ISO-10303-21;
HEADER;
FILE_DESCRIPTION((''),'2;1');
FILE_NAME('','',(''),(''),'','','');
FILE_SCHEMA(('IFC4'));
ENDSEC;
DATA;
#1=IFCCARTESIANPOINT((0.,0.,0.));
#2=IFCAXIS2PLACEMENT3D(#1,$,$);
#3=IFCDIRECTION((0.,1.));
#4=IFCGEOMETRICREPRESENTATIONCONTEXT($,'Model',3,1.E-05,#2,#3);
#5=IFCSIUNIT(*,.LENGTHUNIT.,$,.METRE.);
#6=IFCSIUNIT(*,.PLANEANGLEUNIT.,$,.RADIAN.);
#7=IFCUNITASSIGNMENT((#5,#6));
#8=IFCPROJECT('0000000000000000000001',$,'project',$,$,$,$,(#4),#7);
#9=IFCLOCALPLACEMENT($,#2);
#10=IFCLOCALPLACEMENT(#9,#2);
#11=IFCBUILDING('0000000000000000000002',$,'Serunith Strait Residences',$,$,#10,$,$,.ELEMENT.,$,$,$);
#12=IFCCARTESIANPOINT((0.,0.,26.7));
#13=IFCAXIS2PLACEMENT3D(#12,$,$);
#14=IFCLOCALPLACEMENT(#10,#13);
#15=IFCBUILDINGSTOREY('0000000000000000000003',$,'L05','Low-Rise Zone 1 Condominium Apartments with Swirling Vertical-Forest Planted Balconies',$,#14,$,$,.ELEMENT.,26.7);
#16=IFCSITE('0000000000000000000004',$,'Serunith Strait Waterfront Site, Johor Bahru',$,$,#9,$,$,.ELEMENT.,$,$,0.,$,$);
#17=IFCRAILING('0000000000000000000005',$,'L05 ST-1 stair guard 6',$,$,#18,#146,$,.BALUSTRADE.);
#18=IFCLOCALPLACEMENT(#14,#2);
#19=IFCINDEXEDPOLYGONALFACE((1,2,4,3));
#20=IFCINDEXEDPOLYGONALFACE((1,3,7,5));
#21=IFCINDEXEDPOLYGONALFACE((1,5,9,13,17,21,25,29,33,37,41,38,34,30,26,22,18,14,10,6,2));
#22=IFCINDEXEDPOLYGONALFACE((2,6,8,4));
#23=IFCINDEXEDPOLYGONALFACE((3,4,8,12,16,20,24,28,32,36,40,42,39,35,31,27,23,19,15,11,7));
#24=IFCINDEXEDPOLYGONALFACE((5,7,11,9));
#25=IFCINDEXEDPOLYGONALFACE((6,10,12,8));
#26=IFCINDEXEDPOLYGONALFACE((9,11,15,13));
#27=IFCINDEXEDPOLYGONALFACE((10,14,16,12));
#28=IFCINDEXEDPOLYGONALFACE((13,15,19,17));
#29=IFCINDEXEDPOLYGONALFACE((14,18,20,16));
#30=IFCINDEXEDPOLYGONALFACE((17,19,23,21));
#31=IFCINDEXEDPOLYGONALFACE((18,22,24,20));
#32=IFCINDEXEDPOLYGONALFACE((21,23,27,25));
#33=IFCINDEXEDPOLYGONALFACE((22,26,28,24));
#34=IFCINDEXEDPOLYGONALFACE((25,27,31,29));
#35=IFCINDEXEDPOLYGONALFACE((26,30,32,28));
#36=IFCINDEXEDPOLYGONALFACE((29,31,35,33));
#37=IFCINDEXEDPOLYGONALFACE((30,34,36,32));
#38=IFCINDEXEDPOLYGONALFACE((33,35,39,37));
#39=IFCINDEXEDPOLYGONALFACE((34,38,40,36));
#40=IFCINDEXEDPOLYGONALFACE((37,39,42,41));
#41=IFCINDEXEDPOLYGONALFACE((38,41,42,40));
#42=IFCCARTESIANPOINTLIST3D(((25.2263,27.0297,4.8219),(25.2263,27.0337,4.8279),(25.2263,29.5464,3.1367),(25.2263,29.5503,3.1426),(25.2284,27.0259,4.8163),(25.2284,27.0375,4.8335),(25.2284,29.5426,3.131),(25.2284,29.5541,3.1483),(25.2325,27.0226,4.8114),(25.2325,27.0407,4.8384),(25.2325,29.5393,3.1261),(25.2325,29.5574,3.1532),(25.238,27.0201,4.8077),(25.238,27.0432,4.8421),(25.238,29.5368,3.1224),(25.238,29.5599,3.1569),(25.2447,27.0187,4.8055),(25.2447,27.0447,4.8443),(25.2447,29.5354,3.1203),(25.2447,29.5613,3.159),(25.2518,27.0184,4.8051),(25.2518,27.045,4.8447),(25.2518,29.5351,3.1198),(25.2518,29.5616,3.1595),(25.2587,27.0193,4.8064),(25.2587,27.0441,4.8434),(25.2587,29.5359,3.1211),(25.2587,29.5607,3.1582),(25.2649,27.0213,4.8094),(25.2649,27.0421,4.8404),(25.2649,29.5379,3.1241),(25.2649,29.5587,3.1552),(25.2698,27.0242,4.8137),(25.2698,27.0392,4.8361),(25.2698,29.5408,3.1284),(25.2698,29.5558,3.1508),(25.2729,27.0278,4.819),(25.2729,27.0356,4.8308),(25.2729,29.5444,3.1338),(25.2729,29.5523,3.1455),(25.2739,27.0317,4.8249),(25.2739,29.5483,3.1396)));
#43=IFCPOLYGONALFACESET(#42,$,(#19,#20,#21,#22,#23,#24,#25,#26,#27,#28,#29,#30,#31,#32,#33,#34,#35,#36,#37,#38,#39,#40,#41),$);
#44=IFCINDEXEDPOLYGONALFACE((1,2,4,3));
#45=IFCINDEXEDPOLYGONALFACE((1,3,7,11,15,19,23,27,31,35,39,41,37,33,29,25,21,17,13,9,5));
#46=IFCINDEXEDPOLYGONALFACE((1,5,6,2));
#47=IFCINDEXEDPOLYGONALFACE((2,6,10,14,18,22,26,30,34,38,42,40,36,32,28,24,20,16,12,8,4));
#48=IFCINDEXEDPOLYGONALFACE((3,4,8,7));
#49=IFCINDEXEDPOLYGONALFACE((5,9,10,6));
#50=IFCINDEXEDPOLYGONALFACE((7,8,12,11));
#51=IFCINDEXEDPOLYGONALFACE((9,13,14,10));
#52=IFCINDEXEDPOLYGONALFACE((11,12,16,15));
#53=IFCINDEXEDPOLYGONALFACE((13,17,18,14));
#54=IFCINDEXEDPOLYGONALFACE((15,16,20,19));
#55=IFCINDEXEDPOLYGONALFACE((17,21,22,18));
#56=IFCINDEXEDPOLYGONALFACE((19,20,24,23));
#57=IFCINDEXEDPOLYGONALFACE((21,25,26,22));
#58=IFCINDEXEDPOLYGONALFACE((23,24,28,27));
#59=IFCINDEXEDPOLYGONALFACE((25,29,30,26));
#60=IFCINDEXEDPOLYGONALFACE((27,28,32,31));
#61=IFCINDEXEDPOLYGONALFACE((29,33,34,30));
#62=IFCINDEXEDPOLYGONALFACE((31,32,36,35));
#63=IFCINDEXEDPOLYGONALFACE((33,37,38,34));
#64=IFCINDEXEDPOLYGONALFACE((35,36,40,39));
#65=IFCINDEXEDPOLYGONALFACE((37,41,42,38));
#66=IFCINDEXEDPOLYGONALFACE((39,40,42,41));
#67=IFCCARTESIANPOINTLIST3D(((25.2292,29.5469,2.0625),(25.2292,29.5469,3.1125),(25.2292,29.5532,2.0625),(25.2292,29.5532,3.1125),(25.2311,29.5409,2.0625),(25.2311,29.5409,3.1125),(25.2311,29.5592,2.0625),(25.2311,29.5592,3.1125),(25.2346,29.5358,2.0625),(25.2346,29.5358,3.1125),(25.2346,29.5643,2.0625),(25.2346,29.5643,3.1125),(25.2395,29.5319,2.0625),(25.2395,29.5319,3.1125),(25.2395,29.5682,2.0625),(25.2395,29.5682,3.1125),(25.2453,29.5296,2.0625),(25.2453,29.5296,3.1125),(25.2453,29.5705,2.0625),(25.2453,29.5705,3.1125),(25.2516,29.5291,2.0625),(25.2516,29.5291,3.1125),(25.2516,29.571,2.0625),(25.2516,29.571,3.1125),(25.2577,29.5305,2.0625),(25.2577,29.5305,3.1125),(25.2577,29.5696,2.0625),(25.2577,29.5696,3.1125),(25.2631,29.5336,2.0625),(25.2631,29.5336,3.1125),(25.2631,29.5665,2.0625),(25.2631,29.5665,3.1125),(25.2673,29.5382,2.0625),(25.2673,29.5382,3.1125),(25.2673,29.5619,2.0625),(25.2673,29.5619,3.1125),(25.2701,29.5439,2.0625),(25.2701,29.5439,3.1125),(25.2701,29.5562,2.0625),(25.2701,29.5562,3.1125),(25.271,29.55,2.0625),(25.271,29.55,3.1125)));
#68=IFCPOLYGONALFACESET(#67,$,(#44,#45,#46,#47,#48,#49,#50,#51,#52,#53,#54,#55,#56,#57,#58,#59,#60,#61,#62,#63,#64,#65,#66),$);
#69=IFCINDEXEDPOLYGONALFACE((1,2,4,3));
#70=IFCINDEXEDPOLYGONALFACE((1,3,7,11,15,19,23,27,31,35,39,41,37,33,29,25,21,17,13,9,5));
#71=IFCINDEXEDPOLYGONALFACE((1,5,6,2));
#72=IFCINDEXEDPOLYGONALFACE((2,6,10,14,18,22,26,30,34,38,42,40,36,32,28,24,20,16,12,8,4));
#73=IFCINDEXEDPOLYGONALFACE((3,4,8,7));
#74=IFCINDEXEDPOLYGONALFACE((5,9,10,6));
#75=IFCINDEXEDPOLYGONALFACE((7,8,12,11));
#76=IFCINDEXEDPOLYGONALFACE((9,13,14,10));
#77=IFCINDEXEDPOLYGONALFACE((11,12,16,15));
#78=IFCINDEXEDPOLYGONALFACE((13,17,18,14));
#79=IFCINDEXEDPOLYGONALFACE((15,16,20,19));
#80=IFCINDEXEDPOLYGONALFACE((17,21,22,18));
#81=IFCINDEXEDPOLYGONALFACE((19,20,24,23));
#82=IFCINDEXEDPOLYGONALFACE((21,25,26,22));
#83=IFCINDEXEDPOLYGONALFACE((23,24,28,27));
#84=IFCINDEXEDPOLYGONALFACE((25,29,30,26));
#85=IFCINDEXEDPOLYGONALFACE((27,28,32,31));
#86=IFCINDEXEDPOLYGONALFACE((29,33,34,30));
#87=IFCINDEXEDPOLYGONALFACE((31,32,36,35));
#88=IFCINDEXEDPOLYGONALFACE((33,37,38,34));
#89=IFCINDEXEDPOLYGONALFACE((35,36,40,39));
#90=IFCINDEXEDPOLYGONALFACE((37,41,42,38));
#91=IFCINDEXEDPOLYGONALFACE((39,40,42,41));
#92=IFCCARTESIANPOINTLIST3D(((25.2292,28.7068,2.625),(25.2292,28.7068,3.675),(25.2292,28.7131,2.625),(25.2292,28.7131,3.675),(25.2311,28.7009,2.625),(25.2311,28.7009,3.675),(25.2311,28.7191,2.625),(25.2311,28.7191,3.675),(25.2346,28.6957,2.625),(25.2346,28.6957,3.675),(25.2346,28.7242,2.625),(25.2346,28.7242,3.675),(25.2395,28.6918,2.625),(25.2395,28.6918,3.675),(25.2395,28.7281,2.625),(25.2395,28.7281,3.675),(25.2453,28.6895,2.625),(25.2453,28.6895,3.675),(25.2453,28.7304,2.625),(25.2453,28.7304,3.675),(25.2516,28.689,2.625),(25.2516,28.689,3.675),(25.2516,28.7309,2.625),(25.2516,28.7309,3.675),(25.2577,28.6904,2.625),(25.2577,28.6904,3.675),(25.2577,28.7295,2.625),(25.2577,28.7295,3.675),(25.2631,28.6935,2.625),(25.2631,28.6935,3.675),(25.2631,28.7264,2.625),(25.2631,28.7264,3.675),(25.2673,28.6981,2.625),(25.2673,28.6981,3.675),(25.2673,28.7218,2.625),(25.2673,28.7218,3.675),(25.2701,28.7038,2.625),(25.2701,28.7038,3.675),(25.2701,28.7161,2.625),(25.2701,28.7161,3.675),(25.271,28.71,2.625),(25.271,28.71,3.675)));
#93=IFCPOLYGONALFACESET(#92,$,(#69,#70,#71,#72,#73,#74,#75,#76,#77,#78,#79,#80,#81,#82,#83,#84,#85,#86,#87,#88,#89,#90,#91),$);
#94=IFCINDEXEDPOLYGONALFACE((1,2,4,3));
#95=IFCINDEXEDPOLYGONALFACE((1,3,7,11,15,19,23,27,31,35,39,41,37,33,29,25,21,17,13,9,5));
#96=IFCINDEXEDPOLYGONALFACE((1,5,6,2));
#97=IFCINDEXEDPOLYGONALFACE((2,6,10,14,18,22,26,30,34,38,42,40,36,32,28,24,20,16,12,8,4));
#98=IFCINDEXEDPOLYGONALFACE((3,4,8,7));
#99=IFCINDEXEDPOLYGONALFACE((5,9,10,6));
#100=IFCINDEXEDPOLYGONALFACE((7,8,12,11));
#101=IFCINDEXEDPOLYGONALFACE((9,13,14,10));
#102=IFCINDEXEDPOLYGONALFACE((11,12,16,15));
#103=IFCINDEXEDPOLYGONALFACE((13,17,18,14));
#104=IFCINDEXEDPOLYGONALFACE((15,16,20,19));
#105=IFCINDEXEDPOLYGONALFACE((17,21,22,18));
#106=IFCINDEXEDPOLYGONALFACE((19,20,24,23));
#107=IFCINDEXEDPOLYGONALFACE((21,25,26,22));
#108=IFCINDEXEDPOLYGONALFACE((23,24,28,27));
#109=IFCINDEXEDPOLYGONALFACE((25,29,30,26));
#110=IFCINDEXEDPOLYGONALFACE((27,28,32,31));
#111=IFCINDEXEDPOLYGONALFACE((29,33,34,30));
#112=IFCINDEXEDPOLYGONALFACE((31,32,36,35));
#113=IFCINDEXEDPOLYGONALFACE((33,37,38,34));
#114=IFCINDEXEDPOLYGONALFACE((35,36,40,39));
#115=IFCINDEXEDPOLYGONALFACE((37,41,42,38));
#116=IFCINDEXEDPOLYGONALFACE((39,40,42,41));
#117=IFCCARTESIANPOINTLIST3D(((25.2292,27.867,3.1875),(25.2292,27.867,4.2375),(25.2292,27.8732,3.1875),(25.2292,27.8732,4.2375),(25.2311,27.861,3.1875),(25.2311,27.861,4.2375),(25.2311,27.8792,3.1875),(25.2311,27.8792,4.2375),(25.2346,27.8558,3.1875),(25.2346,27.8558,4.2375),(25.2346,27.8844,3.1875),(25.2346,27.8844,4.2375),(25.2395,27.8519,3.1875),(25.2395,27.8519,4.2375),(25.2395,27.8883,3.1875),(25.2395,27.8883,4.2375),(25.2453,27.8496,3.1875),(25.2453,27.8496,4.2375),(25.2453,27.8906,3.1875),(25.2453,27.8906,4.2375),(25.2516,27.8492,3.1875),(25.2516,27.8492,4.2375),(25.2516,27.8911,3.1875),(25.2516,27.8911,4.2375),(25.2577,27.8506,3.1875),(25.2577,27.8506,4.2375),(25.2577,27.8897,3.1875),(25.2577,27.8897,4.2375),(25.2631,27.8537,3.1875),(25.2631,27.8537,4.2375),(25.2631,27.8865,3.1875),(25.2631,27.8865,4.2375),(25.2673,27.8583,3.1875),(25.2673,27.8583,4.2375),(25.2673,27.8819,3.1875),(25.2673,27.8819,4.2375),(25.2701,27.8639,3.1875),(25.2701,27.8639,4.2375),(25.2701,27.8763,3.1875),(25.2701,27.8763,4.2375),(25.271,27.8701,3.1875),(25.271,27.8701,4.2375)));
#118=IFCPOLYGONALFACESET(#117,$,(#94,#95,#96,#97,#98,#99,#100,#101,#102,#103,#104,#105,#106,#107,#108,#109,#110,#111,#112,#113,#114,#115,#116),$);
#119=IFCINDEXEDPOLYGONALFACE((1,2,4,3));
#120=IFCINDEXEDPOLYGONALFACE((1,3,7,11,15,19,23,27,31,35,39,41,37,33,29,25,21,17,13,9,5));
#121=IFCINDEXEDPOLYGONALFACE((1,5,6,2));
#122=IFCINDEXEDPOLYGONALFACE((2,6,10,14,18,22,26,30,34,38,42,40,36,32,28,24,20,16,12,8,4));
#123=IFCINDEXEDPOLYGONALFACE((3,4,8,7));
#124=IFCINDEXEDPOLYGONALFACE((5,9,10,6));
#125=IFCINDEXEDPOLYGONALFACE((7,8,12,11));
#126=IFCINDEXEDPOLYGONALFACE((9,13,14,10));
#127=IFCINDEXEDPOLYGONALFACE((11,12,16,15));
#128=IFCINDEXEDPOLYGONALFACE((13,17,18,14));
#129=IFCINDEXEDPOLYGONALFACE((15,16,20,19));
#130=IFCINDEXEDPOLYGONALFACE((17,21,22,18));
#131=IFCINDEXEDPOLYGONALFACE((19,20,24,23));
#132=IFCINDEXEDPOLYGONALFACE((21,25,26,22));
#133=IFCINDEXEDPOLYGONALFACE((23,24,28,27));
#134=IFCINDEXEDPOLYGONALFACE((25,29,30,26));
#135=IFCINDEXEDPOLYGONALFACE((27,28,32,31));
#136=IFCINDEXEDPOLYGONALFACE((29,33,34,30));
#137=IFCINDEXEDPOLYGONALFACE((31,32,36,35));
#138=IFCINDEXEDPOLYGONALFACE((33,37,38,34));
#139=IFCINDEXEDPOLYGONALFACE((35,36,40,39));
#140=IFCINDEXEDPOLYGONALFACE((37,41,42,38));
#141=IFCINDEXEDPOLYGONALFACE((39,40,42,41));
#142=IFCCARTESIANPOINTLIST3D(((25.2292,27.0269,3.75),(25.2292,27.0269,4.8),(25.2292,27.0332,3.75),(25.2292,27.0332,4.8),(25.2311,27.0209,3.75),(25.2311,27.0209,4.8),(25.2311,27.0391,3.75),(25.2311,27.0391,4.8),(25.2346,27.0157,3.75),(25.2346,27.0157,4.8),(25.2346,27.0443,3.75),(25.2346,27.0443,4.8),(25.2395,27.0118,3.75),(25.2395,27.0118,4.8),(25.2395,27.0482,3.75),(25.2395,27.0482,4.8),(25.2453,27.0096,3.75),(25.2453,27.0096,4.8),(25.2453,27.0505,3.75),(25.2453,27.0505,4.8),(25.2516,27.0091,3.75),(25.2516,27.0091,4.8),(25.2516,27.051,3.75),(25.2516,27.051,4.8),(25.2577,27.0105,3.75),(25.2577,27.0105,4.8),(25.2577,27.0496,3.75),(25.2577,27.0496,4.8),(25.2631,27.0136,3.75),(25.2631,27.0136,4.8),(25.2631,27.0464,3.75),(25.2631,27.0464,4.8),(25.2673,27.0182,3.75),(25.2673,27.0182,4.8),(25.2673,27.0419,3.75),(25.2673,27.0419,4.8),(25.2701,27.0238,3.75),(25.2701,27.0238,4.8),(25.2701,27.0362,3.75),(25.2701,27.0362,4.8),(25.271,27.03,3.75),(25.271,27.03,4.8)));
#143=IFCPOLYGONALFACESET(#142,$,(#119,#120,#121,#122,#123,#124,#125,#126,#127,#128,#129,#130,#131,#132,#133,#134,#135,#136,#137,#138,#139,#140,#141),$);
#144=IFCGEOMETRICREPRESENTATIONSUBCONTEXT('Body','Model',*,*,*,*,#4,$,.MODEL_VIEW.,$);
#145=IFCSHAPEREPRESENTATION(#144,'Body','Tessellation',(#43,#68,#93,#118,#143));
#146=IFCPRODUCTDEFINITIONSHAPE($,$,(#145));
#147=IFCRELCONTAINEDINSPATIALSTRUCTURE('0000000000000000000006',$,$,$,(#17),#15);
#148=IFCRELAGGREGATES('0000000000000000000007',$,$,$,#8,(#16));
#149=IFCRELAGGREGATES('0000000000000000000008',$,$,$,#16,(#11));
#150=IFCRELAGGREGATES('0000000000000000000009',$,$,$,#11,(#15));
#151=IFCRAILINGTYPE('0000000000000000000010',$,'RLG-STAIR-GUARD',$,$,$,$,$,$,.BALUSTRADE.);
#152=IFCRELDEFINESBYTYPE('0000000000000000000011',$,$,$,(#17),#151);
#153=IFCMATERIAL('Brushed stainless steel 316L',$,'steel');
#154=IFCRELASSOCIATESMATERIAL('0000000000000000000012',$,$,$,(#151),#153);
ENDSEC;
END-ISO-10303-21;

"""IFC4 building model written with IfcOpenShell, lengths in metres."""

from ifc_helpers import new_model, si_unit, direction, frame, origin, origin_2d, place, context, subcontext, project, spatial, circle, extrude, material, type_object, element, save


model = new_model("IFC4")

# Units and contexts
model_context = context("Model", 3, precision=1e-05, world=origin(), true_north=direction((0.0, 1.0)))
body_context = subcontext(model_context, "Body", "Model", "MODEL_VIEW")
ifc_project = project(units=[si_unit("LENGTHUNIT", "METRE"), si_unit("PLANEANGLEUNIT", "RADIAN")], contexts=[model_context])

# Site, building, storey
site_placement = place(None, origin())
site = spatial("IfcSite", under=ifc_project, at=site_placement, Name="Serunith Strait Waterfront Site, Johor Bahru", CompositionType="ELEMENT", RefElevation=0.0)
building_placement = place(site_placement, origin())
building = spatial("IfcBuilding", under=site, at=building_placement, Name="Serunith Strait Residences", CompositionType="ELEMENT")
storey_placement = place(building_placement, frame((0.0, 0.0, 26.7)))
storey = spatial("IfcBuildingStorey", under=building, at=storey_placement, Name="L05", Description="Low-Rise Zone 1 Condominium Apartments with Swirling Vertical-Forest Planted Balconies", CompositionType="ELEMENT", Elevation=26.7)

# Railing
ifc_material_1 = material(Name="Brushed stainless steel 316L", Category="steel")
railing_type_1 = type_object("IfcRailingType", Name="RLG-STAIR-GUARD", PredefinedType="BALUSTRADE", material=ifc_material_1)
railing_1_placement = place(storey_placement, frame((25.25, 29.55, 2.0625)))
element("IfcRailing", 1, at=railing_1_placement, inside=storey, type_object=railing_type_1, Name="L05 ST-1 stair guard 6", PredefinedType="BALUSTRADE", context=body_context, shape_type="SweptSolid", body=[
    extrude(circle(Radius=0.0239, at=origin_2d()), frame((0.0, -0.0017, 1.0771), z_axis=(0.0, -0.830909, 0.556408), x_axis=(1.0, 0.0, 0.0)), (0.0, 0.0, 1.0), 3.0288),
    extrude(circle(Radius=0.021, at=origin_2d()), origin(), (0.0, 0.0, 1.0), 1.05),
    extrude(circle(Radius=0.021, at=origin_2d()), frame((0.0, -0.8401, 0.5625)), (0.0, 0.0, 1.0), 1.05),
    extrude(circle(Radius=0.021, at=origin_2d()), frame((0.0, -1.6799, 1.125)), (0.0, 0.0, 1.0), 1.05),
    extrude(circle(Radius=0.021, at=origin_2d()), frame((0.0, -2.52, 1.6875)), (0.0, 0.0, 1.0), 1.05),
])

save(model, "model.ifc")
